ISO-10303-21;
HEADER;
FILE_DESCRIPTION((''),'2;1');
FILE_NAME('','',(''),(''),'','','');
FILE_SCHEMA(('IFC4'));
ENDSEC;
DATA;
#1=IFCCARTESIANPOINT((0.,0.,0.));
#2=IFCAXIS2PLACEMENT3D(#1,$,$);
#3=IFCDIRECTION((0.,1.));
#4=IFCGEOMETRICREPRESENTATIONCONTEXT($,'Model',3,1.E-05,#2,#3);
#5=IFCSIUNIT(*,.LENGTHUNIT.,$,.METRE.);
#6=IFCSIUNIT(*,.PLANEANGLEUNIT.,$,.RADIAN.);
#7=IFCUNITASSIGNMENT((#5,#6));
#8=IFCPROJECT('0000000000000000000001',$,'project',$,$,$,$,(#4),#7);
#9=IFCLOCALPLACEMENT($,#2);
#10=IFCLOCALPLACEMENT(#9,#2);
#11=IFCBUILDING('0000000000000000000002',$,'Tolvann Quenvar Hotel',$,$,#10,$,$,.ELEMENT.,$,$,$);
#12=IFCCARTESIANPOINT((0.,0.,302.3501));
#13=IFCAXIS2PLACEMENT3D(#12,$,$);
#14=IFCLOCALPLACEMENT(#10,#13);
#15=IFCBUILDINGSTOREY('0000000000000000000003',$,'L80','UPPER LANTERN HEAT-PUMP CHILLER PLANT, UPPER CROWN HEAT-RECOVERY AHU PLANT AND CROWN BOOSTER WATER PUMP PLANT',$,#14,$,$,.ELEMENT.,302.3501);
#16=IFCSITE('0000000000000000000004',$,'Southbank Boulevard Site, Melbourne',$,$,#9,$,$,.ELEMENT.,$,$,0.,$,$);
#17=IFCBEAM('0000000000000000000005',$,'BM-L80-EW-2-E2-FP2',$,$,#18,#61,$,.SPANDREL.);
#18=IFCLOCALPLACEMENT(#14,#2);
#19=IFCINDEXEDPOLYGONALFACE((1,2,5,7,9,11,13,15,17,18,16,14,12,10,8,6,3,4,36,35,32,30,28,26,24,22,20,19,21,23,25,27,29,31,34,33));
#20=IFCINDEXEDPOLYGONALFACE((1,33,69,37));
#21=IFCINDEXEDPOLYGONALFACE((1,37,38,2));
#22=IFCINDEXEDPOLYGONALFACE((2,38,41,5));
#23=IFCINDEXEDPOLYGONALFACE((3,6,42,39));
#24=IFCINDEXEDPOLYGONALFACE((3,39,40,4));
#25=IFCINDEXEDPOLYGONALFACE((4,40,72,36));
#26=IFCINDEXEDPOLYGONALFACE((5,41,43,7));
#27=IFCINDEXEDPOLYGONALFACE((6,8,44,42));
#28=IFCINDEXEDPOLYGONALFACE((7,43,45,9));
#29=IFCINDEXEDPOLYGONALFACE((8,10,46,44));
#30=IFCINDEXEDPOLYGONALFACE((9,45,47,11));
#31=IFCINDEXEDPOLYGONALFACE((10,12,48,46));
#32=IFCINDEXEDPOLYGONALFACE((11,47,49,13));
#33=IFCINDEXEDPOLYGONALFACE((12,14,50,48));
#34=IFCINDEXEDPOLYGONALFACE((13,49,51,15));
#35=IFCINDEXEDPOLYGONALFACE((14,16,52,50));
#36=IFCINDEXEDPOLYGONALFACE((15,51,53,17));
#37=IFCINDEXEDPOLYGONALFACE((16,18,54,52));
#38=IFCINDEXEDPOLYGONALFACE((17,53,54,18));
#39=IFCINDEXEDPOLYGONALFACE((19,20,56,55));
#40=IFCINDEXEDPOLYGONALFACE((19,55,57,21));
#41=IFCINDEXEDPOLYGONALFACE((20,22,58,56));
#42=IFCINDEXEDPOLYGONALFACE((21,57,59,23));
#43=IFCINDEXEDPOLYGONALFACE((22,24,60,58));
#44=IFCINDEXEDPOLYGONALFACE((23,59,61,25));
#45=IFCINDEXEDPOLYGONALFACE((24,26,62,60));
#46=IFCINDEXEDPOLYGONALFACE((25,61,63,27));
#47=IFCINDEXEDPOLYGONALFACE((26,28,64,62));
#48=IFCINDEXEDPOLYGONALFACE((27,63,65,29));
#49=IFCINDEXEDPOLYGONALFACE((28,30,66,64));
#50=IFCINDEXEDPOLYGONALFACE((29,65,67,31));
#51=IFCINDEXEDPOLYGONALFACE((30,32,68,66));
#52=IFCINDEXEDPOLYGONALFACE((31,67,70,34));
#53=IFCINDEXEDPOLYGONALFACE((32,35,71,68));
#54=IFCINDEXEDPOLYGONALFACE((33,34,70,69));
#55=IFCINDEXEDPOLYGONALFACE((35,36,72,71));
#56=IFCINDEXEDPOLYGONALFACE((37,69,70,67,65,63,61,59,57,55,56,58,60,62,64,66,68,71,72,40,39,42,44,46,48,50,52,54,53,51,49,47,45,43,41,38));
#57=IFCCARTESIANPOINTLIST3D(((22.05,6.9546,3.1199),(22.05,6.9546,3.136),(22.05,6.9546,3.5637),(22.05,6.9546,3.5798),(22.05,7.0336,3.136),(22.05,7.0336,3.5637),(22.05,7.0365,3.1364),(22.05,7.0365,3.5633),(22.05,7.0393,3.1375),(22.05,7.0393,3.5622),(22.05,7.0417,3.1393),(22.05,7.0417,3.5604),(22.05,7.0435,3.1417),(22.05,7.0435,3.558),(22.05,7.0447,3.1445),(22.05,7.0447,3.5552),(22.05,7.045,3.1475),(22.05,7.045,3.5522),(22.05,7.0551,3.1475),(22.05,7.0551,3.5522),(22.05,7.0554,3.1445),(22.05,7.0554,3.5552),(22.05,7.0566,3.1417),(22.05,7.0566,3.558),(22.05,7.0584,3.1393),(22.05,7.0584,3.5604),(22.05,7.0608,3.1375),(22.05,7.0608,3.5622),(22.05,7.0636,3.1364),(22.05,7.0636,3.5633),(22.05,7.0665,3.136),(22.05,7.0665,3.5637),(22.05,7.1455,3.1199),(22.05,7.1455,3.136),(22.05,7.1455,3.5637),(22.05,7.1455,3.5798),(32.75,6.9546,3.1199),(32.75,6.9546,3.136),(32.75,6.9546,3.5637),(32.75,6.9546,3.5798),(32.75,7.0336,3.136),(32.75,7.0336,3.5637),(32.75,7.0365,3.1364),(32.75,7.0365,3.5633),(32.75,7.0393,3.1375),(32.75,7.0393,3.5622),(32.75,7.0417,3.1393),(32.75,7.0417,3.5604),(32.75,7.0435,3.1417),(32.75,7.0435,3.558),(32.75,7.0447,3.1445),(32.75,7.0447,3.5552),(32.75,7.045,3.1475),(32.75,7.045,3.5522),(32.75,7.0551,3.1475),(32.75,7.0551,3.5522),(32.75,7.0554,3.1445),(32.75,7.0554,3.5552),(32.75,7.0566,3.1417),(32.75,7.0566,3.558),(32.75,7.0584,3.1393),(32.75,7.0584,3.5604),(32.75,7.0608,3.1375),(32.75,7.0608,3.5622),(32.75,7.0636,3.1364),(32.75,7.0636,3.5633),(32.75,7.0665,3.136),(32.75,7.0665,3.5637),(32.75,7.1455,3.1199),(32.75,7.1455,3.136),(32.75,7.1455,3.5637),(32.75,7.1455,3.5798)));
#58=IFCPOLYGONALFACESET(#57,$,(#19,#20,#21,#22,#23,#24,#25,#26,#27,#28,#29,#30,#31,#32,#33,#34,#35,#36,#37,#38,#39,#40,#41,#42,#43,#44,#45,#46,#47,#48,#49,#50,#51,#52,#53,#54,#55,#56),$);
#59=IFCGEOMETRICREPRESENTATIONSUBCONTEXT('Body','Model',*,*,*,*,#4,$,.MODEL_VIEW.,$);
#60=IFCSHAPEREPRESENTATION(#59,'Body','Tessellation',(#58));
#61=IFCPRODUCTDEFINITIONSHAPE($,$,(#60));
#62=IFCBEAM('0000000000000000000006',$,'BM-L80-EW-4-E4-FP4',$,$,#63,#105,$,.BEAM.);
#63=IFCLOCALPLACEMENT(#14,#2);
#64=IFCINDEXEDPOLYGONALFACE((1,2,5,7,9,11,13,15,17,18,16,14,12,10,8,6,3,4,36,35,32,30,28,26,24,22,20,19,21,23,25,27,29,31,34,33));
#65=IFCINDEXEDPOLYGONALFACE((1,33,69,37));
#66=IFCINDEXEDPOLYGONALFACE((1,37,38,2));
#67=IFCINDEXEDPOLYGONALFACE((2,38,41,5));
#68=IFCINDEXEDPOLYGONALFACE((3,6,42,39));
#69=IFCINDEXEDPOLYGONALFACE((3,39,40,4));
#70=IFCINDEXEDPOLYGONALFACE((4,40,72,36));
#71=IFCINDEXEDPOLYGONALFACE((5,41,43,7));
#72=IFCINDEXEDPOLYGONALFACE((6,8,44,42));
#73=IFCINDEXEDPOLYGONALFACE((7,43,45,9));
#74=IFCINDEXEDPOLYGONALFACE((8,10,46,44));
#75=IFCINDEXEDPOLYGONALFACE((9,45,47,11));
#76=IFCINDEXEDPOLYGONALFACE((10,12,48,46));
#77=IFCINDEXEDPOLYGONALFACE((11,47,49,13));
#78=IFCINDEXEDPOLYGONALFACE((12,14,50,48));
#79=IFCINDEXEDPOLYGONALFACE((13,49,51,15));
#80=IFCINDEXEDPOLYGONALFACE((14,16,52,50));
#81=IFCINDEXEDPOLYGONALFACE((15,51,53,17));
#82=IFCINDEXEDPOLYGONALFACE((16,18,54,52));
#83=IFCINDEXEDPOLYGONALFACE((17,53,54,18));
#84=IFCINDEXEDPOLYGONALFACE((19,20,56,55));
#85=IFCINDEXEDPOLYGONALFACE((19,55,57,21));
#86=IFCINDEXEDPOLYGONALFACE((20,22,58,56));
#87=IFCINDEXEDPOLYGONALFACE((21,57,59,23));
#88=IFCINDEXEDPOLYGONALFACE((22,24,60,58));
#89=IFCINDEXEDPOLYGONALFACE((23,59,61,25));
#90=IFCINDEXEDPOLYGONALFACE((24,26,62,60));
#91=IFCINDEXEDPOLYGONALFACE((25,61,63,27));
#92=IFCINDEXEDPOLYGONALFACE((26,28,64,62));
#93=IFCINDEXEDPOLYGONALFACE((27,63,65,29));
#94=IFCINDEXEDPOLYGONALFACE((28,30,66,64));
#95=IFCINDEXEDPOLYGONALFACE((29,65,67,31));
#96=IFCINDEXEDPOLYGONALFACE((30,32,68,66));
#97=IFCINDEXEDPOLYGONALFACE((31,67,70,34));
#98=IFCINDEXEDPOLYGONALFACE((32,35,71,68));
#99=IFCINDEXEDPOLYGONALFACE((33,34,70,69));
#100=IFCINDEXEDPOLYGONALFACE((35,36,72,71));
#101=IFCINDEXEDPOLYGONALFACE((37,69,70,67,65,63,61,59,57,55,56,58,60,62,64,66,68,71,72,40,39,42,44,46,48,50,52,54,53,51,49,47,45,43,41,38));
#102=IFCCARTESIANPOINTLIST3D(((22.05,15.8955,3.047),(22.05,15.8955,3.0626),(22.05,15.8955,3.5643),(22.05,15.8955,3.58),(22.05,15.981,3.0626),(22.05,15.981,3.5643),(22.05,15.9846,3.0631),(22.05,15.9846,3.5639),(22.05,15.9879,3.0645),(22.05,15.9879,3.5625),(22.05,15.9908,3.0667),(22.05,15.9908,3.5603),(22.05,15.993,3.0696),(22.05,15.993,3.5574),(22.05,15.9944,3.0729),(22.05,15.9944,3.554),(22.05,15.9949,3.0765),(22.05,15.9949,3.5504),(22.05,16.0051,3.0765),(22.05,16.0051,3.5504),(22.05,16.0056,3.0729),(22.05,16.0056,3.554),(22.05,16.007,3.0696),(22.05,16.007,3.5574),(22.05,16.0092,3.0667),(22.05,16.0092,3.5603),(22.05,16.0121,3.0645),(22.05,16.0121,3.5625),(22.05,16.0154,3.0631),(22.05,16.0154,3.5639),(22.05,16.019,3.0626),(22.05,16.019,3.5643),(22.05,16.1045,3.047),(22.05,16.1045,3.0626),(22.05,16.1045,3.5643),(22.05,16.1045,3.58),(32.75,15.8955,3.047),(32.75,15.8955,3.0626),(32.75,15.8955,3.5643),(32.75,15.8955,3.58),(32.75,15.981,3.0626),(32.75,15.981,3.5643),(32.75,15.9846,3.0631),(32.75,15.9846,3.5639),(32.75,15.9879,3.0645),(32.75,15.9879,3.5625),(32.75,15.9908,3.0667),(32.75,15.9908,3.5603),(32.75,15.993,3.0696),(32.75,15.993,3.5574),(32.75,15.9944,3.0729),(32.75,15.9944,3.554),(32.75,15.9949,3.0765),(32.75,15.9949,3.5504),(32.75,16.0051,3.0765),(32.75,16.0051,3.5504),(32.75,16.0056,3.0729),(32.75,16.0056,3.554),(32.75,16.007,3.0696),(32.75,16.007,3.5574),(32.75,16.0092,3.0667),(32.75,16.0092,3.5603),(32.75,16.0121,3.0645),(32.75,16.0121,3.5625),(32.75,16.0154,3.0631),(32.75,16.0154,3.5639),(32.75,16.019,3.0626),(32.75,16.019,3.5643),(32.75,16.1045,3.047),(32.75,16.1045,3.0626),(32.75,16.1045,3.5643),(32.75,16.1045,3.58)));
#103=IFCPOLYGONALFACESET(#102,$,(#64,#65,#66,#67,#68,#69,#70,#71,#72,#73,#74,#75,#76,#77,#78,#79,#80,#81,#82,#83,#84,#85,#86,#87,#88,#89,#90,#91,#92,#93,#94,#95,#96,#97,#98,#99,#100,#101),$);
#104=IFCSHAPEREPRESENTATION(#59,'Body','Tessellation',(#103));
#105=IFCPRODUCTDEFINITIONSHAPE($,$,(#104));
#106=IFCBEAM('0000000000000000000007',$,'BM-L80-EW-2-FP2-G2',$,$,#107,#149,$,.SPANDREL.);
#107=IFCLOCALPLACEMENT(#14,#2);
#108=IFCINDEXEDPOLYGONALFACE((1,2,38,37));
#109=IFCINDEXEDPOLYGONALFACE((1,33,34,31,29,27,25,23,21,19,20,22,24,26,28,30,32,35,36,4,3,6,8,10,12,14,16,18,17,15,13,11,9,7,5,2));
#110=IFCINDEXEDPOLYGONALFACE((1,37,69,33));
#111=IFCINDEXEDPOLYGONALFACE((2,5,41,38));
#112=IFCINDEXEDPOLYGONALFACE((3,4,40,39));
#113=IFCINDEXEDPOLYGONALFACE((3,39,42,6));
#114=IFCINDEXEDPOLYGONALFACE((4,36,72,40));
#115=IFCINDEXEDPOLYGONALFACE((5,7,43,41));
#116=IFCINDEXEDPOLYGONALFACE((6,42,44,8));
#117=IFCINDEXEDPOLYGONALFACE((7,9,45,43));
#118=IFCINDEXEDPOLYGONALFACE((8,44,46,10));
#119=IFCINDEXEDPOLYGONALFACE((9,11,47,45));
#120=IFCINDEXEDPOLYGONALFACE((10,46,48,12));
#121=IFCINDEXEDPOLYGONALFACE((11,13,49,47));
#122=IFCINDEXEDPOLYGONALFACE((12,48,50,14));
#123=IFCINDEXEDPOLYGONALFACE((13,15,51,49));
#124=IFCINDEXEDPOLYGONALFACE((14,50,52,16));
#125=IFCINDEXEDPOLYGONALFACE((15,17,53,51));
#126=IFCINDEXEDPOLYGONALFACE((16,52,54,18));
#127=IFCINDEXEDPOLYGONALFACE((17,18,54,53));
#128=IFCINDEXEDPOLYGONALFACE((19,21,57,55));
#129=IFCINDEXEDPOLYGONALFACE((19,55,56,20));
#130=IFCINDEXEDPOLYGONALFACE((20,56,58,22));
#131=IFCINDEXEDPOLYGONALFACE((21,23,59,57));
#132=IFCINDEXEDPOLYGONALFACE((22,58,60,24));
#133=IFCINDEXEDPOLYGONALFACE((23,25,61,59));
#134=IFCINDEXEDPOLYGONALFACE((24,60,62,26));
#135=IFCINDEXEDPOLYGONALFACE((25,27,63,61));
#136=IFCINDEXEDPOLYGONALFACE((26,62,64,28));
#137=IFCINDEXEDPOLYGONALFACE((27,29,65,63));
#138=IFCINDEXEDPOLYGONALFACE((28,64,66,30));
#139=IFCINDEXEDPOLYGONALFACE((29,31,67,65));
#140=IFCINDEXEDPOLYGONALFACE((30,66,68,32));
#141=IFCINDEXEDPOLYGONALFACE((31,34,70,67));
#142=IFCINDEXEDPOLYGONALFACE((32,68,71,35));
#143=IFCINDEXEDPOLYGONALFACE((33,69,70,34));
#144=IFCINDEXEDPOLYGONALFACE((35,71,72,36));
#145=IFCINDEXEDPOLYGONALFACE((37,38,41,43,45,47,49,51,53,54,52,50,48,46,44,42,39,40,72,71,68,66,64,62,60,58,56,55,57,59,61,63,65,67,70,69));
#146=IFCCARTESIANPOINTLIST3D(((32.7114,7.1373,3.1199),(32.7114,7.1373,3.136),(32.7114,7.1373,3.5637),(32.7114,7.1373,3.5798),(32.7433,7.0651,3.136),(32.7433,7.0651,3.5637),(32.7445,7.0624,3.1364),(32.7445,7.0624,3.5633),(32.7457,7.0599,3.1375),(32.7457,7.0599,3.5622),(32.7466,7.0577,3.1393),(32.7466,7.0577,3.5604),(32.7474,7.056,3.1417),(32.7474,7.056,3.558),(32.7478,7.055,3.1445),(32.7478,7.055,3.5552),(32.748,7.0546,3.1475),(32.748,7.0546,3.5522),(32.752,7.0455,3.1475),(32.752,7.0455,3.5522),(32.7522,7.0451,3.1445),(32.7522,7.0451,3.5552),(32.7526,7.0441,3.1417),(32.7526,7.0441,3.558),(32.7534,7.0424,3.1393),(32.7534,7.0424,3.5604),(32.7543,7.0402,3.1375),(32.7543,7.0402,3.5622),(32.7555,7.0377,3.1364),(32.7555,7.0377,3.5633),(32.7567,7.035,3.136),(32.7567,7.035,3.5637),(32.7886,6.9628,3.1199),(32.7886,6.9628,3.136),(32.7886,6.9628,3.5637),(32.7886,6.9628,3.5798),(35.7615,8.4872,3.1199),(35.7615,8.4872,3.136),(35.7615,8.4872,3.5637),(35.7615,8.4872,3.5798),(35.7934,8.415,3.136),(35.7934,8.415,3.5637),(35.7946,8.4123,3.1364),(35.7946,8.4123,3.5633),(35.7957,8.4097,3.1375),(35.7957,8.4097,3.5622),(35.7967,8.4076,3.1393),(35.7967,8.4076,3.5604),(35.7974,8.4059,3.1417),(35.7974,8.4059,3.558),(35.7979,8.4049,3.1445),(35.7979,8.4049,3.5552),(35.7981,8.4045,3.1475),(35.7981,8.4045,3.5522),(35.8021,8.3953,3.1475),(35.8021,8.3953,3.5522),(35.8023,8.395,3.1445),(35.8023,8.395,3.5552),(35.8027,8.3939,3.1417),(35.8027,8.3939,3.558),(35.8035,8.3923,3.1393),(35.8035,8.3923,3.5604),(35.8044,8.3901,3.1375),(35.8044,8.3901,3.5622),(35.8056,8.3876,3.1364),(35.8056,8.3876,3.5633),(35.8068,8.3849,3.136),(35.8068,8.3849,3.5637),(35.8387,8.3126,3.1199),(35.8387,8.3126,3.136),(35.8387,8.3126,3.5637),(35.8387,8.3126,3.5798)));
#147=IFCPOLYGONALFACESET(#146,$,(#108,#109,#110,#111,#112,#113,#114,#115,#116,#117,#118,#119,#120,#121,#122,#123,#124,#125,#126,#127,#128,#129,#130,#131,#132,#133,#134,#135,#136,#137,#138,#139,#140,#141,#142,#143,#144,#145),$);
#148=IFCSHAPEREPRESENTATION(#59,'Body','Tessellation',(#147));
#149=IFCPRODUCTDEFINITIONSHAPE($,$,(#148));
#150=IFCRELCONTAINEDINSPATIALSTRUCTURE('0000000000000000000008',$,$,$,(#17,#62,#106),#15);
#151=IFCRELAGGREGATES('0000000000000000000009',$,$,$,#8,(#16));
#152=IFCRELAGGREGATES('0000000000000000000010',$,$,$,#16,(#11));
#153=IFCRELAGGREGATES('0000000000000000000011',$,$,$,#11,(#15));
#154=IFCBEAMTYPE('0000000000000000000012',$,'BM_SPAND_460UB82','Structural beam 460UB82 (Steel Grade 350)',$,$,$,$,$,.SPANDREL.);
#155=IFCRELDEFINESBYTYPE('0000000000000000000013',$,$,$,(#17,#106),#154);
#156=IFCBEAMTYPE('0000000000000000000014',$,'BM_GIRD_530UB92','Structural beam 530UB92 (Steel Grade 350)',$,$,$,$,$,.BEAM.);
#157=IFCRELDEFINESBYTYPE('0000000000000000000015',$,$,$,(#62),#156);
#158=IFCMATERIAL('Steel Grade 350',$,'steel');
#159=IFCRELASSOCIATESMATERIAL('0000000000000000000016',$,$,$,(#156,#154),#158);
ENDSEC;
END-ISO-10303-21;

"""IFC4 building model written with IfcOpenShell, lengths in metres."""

from ifc_helpers import new_model, si_unit, direction, frame, origin, origin_2d, place, context, subcontext, project, spatial, i_section, extrude, source, transform, mapped, material, material_profile, profile_set, type_object, type_shapes, element, save


model = new_model("IFC4")

# Units and contexts
model_context = context("Model", 3, precision=1e-05, world=origin(), true_north=direction((0.0, 1.0)))
body_context = subcontext(model_context, "Body", "Model", "MODEL_VIEW")
ifc_project = project(units=[si_unit("LENGTHUNIT", "METRE"), si_unit("PLANEANGLEUNIT", "RADIAN")], contexts=[model_context])

# Site, building, storey
site_placement = place(None, origin())
site = spatial("IfcSite", under=ifc_project, at=site_placement, Name="Southbank Boulevard Site, Melbourne", CompositionType="ELEMENT", RefElevation=0.0)
building_placement = place(site_placement, origin())
building = spatial("IfcBuilding", under=site, at=building_placement, Name="Tolvann Quenvar Hotel", CompositionType="ELEMENT")
storey_placement = place(building_placement, frame((0.0, 0.0, 302.3501)))
storey = spatial("IfcBuildingStorey", under=building, at=storey_placement, Name="L80", Description="UPPER LANTERN HEAT-PUMP CHILLER PLANT, UPPER CROWN HEAT-RECOVERY AHU PLANT AND CROWN BOOSTER WATER PUMP PLANT", CompositionType="ELEMENT", Elevation=302.3501)

# Shared definitions
ifc_material_1 = material(Name="Steel Grade 350", Category="steel")

# Beams
ifc_material_profile_1 = material_profile(ifc_material_1, i_section(OverallWidth=0.209, OverallDepth=0.533, WebThickness=0.0103, FlangeThickness=0.0156, FilletRadius=0.0139, at=origin_2d()), Name="530UB92")
ifc_profile_set_1 = profile_set([ifc_material_profile_1], Name="Steel Grade 350")
beam_type_1 = type_object("IfcBeamType", Name="BM_GIRD_530UB92", Description="Structural beam 530UB92 (Steel Grade 350)", PredefinedType="BEAM", material=ifc_profile_set_1)
ifc_material_profile_2 = material_profile(ifc_material_1, i_section(OverallWidth=0.1909, OverallDepth=0.46, WebThickness=0.01, FlangeThickness=0.0161, FilletRadius=0.0115, at=origin_2d()), Name="460UB82")
ifc_profile_set_2 = profile_set([ifc_material_profile_2], Name="Steel Grade 350")
beam_type_2 = type_object("IfcBeamType", Name="BM_SPAND_460UB82", Description="Structural beam 460UB82 (Steel Grade 350)", PredefinedType="SPANDREL", material=ifc_profile_set_2)
shared_shape_1 = source(origin(), body_context, "Body", "SweptSolid", [
    extrude(i_section(OverallWidth=0.1909, OverallDepth=0.46, WebThickness=0.01, FlangeThickness=0.0161, FilletRadius=0.0115, at=origin_2d()), origin(), (0.0, 0.0, 1.0), 10.7),
])
beam_1_placement = place(storey_placement, frame((22.05, 7.05, 3.3499), z_axis=(1.0, 0.0, 0.0), x_axis=(0.0, 1.0, 0.0)))
element("IfcBeam", 1, at=beam_1_placement, inside=storey, type_object=beam_type_2, Name="BM-L80-EW-2-E2-FP2", PredefinedType="SPANDREL", context=body_context, shape_type="MappedRepresentation", body=[
    mapped(shared_shape_1, transform((0.0, 0.0, 0.0), x_axis=(1.0, 0.0, 0.0), y_axis=(0.0, 1.0, 0.0), z_axis=(0.0, 0.0, 1.0), scale=1.0)),
])
shared_shape_2 = source(origin(), body_context, "Body", "SweptSolid", [
    extrude(i_section(OverallWidth=0.209, OverallDepth=0.533, WebThickness=0.0103, FlangeThickness=0.0156, FilletRadius=0.0139, at=origin_2d()), origin(), (0.0, 0.0, 1.0), 10.7),
])
beam_2_placement = place(storey_placement, frame((22.05, 16.0, 3.3135), z_axis=(1.0, 0.0, 0.0), x_axis=(0.0, 1.0, 0.0)))
element("IfcBeam", 2, at=beam_2_placement, inside=storey, type_object=beam_type_1, Name="BM-L80-EW-4-E4-FP4", PredefinedType="BEAM", context=body_context, shape_type="MappedRepresentation", body=[
    mapped(shared_shape_2, transform((0.0, 0.0, 0.0), x_axis=(1.0, 0.0, 0.0), y_axis=(0.0, 1.0, 0.0), z_axis=(0.0, 0.0, 1.0), scale=1.0)),
])
shared_shape_3 = source(origin(), body_context, "Body", "SweptSolid", [
    extrude(i_section(OverallWidth=0.1909, OverallDepth=0.46, WebThickness=0.01, FlangeThickness=0.0161, FilletRadius=0.0115, at=origin_2d()), origin(), (0.0, 0.0, 1.0), 3.3354),
])
type_shapes(beam_type_2, [shared_shape_1, shared_shape_3])
beam_3_placement = place(storey_placement, frame((32.75, 7.05, 3.3499), z_axis=(0.914447, 0.404705, 0.0), x_axis=(-0.404705, 0.914447, 0.0)))
element("IfcBeam", 3, at=beam_3_placement, inside=storey, type_object=beam_type_2, Name="BM-L80-EW-2-FP2-G2", PredefinedType="SPANDREL", context=body_context, shape_type="MappedRepresentation", body=[
    mapped(shared_shape_3, transform((0.0, 0.0, 0.0), x_axis=(1.0, 0.0, 0.0), y_axis=(0.0, 1.0, 0.0), z_axis=(0.0, 0.0, 1.0), scale=1.0)),
])

save(model, "model.ifc")
